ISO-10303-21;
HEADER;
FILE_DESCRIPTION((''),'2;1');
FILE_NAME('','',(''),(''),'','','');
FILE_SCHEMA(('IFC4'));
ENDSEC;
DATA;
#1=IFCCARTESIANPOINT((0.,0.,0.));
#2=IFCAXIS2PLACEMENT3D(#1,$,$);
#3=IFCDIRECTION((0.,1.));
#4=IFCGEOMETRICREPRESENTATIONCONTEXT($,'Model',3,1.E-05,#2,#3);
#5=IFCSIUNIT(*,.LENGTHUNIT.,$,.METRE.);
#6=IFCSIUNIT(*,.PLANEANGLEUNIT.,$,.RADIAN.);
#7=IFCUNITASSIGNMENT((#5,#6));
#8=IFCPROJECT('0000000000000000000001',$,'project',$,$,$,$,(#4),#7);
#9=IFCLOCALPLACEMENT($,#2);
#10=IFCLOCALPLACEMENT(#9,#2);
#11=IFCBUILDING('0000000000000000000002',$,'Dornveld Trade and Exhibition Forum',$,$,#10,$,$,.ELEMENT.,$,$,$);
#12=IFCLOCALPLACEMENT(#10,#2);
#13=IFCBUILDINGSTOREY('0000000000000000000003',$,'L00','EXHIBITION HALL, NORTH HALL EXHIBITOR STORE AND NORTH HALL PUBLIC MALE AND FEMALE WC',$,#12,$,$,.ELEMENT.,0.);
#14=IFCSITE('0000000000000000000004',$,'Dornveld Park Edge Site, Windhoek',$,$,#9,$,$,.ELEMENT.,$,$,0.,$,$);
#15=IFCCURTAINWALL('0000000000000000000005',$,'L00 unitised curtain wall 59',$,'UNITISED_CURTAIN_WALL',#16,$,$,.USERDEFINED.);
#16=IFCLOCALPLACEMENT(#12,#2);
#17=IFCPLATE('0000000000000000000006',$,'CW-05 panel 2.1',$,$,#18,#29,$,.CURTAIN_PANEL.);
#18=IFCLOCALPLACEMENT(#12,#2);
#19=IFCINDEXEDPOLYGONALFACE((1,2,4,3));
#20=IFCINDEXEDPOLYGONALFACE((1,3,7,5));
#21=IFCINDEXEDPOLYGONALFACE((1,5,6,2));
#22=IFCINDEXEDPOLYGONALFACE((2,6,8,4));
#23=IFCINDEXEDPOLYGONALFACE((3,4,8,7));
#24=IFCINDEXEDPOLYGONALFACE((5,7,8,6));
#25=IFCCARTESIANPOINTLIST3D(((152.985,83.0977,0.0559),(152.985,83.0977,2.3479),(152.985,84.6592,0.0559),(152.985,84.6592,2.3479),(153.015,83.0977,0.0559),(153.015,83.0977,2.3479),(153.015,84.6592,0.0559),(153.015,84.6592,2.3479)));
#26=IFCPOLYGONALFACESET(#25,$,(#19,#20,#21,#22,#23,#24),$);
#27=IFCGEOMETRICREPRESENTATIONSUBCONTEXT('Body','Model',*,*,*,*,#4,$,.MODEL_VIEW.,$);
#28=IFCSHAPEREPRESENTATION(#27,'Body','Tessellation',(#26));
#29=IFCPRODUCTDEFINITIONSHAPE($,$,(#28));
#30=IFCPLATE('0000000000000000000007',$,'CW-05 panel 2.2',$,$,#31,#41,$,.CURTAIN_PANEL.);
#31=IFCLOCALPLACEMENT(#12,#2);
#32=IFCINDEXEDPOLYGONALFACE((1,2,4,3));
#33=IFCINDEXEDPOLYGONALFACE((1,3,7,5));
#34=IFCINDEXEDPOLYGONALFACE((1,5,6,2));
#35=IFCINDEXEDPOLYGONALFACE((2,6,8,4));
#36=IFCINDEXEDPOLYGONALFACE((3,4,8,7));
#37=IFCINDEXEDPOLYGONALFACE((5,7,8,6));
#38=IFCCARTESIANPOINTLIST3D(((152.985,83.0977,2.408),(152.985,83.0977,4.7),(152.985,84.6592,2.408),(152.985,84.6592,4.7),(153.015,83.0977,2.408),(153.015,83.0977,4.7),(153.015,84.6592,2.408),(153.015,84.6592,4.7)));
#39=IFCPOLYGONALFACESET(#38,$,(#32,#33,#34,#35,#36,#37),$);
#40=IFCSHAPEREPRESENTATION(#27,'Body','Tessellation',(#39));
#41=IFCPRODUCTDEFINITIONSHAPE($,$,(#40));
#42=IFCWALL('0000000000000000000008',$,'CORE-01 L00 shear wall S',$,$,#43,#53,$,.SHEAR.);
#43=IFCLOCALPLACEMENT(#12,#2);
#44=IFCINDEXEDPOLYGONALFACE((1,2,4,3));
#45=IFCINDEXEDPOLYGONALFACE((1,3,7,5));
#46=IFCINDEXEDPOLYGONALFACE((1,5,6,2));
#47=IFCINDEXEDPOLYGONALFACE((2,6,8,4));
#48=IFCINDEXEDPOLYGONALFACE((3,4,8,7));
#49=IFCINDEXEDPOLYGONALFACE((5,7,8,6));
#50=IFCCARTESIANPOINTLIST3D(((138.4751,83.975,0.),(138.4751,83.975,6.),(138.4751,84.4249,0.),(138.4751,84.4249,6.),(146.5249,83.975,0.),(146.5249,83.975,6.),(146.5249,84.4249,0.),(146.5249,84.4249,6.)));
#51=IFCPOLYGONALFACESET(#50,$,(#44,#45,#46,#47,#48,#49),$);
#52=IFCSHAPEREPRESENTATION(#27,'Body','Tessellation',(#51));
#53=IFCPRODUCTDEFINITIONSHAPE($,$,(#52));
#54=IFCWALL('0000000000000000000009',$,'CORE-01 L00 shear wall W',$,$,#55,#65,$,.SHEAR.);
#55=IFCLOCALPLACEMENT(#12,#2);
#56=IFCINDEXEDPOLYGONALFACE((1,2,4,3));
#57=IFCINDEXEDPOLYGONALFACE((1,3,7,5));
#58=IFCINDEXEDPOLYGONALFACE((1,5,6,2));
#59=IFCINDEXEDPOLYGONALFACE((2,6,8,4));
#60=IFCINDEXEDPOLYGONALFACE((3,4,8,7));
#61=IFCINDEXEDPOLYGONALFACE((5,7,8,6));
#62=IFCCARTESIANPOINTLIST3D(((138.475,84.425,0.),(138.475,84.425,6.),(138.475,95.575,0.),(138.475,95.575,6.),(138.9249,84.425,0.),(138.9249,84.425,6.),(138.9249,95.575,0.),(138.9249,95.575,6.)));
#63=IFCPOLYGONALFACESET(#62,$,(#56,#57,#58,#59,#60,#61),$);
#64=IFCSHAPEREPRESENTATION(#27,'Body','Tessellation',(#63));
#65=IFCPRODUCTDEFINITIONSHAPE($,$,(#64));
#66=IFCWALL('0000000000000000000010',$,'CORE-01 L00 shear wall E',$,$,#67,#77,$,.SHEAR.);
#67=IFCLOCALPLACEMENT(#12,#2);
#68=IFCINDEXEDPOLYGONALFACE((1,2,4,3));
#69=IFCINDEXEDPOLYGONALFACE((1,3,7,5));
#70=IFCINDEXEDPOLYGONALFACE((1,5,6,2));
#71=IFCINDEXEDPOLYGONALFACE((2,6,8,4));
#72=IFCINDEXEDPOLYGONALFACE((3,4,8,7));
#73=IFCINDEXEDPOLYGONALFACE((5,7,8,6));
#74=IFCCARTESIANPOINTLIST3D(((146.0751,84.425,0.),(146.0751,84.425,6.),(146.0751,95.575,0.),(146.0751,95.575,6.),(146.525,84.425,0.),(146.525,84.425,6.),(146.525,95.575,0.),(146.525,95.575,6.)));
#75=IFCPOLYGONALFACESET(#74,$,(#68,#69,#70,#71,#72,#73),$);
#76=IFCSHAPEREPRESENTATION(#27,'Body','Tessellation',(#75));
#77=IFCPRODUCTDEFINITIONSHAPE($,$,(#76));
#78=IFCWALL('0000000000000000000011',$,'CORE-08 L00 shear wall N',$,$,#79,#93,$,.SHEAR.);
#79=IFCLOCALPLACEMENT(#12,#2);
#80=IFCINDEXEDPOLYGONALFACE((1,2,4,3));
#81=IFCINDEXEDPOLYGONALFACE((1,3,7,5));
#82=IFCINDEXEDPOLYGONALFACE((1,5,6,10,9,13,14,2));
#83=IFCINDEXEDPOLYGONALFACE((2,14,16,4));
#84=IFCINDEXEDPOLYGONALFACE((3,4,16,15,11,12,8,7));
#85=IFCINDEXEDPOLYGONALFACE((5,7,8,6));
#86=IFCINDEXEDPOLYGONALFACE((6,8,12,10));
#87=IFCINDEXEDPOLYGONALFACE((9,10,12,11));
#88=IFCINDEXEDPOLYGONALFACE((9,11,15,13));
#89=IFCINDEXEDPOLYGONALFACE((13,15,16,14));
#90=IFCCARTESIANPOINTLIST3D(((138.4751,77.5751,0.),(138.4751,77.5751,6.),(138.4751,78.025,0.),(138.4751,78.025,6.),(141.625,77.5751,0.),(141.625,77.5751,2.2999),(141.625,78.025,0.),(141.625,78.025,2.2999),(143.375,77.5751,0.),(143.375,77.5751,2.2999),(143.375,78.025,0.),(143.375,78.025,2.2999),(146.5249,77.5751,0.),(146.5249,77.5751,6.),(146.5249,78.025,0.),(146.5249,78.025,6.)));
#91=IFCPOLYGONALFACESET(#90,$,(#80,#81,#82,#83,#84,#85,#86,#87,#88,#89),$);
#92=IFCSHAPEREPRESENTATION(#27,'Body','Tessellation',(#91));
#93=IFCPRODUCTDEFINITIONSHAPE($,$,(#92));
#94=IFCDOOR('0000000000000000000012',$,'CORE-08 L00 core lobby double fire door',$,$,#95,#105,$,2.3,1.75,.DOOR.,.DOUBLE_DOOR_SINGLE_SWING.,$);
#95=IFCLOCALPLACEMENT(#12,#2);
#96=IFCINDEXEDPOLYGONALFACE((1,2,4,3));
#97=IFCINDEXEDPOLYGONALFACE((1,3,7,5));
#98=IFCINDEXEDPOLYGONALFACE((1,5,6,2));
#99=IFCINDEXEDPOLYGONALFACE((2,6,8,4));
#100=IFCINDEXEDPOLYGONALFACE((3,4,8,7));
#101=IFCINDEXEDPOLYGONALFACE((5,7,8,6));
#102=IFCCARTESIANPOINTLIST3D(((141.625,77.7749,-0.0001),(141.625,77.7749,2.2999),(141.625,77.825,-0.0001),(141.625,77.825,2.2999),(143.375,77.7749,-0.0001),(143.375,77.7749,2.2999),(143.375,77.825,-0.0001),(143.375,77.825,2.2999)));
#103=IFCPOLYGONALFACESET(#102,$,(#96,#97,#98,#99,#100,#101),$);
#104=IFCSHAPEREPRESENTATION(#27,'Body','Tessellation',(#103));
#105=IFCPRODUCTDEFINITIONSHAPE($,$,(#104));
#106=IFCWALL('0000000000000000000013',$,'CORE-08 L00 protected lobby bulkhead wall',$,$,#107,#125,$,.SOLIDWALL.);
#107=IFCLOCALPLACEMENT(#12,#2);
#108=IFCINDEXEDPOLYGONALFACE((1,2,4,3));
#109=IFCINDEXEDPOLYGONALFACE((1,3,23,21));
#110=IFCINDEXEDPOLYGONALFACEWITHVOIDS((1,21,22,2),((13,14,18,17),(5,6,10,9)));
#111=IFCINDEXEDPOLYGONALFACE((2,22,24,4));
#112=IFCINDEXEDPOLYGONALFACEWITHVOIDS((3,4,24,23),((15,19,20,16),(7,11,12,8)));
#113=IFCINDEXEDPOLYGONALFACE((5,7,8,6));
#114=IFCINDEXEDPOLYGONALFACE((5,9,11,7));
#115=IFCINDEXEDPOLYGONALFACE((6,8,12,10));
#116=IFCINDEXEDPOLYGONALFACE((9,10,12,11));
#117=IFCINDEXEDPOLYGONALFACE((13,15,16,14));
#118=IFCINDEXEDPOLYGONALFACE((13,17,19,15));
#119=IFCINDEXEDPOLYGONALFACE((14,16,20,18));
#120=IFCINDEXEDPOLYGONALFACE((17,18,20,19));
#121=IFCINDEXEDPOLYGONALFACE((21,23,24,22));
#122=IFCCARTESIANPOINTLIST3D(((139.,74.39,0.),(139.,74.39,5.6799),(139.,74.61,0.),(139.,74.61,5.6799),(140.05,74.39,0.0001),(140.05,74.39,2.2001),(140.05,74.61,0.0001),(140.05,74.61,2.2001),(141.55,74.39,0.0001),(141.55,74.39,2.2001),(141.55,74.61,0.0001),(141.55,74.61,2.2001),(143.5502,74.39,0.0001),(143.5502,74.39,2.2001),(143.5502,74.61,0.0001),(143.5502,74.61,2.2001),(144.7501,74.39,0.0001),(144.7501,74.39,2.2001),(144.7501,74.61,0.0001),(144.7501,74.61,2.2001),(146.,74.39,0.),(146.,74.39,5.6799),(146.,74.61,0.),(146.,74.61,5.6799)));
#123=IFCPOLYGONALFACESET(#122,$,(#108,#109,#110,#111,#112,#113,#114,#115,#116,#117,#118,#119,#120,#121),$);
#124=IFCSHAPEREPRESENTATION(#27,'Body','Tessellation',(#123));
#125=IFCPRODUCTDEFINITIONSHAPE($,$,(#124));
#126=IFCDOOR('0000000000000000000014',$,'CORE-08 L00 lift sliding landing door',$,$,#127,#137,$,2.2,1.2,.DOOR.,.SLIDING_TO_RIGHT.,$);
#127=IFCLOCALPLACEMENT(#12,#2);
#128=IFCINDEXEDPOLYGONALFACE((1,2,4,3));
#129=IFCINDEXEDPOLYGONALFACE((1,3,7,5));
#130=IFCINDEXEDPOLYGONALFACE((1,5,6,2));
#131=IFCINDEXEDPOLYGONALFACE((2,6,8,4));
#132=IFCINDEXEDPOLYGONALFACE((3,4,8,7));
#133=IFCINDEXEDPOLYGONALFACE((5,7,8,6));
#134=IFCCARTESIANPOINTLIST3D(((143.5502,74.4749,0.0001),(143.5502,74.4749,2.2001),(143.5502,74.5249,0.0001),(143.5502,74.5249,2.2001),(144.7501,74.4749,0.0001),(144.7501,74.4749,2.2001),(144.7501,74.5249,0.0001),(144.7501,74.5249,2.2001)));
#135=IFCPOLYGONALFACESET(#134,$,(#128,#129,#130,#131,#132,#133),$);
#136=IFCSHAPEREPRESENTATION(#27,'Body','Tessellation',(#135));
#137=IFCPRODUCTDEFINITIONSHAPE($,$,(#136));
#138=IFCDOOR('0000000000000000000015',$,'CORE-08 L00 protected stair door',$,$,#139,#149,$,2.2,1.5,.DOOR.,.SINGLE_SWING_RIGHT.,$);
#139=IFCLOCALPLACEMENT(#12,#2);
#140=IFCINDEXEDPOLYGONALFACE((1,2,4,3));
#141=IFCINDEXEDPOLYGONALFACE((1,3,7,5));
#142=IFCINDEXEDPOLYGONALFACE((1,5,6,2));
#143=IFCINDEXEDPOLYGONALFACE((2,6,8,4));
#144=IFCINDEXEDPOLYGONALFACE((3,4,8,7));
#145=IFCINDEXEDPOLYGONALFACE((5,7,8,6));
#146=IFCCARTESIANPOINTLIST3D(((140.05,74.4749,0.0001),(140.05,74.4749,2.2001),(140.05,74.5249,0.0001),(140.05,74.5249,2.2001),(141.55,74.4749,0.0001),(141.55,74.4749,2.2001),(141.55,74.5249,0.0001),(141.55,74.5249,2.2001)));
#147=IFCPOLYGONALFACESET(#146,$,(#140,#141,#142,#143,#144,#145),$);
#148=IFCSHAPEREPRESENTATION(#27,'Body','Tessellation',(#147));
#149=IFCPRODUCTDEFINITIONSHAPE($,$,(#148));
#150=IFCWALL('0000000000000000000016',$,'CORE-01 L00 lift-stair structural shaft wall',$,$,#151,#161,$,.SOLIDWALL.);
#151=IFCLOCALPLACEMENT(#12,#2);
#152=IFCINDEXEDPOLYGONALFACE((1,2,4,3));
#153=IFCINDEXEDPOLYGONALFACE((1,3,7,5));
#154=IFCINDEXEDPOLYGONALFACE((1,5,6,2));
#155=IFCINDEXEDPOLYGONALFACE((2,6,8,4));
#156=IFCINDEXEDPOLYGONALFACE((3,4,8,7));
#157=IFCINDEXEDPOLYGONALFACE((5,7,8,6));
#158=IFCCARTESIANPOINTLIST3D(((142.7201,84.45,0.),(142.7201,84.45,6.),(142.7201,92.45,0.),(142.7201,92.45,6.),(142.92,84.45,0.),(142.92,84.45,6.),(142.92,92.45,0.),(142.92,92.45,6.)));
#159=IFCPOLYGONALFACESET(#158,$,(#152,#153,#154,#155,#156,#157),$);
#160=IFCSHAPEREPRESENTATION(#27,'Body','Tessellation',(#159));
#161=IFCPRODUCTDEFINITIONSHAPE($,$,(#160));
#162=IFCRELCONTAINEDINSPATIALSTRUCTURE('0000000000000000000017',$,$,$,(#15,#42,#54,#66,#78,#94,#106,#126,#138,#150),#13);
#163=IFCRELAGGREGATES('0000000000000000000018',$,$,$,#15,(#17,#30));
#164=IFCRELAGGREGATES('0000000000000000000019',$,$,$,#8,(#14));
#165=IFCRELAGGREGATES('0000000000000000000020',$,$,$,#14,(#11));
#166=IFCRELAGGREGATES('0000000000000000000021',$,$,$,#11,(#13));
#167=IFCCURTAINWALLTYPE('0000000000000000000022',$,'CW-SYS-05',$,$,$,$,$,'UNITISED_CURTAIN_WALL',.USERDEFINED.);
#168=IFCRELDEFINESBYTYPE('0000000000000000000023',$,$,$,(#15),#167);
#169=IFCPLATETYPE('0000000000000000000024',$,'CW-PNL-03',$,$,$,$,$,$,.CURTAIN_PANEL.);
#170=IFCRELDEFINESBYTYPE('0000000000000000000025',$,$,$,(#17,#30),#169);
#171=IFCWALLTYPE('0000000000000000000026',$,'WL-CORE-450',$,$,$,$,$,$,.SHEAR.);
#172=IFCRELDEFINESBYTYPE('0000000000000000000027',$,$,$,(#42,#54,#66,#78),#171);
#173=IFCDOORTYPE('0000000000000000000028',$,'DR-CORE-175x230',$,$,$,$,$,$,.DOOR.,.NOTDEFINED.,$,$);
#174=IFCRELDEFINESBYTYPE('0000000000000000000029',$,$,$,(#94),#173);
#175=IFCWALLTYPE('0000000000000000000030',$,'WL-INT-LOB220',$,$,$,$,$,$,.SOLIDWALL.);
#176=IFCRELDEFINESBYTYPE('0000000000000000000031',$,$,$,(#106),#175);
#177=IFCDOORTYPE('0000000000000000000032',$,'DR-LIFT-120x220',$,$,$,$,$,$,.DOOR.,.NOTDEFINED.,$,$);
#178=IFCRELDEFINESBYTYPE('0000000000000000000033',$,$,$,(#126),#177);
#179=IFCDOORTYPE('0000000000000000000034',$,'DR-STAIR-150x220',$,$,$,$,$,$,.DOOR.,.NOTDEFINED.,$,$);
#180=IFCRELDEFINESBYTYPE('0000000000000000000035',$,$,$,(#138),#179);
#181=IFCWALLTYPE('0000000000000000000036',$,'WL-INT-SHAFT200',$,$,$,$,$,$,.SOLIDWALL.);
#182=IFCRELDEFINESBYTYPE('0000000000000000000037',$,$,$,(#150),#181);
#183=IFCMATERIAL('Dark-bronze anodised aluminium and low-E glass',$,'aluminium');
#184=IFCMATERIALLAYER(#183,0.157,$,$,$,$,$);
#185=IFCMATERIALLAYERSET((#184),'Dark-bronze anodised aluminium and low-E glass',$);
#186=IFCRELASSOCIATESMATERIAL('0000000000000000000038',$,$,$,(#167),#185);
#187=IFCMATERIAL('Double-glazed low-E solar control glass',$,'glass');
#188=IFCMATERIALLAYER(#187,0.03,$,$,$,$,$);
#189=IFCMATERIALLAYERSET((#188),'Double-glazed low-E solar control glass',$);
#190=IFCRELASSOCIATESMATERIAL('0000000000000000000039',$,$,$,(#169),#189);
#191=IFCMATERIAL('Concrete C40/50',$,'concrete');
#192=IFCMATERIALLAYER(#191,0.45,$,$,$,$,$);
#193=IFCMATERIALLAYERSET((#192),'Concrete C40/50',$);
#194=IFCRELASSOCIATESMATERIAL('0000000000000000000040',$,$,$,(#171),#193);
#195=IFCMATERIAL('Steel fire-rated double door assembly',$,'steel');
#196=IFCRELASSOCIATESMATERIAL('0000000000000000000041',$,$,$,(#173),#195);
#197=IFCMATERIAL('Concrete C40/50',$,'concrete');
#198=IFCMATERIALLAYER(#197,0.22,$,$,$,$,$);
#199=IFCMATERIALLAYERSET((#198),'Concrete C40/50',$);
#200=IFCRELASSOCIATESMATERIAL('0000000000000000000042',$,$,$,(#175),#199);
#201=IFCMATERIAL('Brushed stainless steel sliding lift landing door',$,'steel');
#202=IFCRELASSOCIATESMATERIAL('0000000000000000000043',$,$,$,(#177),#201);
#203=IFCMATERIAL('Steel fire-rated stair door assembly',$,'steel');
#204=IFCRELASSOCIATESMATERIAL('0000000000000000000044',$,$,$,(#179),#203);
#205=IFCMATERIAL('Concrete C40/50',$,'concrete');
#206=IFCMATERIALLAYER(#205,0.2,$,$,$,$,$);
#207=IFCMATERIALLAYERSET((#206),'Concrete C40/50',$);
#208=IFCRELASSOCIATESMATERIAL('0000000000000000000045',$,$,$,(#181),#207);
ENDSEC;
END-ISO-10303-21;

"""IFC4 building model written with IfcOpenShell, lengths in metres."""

from ifc_helpers import new_model, si_unit, direction, frame, frame_2d, origin, origin_2d, place, context, subcontext, project, spatial, rectangle, extrude, material, layer, layer_set, type_object, element, fill, aggregate, save


model = new_model("IFC4")

# Units and contexts
model_context = context("Model", 3, precision=1e-05, world=origin(), true_north=direction((0.0, 1.0)))
body_context = subcontext(model_context, "Body", "Model", "MODEL_VIEW")
ifc_project = project(units=[si_unit("LENGTHUNIT", "METRE"), si_unit("PLANEANGLEUNIT", "RADIAN")], contexts=[model_context])

# Site, building, storey
site_placement = place(None, origin())
site = spatial("IfcSite", under=ifc_project, at=site_placement, Name="Dornveld Park Edge Site, Windhoek", CompositionType="ELEMENT", RefElevation=0.0)
building_placement = place(site_placement, origin())
building = spatial("IfcBuilding", under=site, at=building_placement, Name="Dornveld Trade and Exhibition Forum", CompositionType="ELEMENT")
storey_placement = place(building_placement, origin())
storey = spatial("IfcBuildingStorey", under=building, at=storey_placement, Name="L00", Description="EXHIBITION HALL, NORTH HALL EXHIBITOR STORE AND NORTH HALL PUBLIC MALE AND FEMALE WC", CompositionType="ELEMENT", Elevation=0.0)

# Curtain wall, plates
ifc_material_1 = material(Name="Dark-bronze anodised aluminium and low-E glass", Category="aluminium")
ifc_layer_1 = layer(ifc_material_1, 0.157)
ifc_layer_set_1 = layer_set([ifc_layer_1], Name="Dark-bronze anodised aluminium and low-E glass")
curtain_wall_type = type_object("IfcCurtainWallType", Name="CW-SYS-05", ElementType="UNITISED_CURTAIN_WALL", PredefinedType="USERDEFINED", material=ifc_layer_set_1)
curtain_wall_placement = place(storey_placement, origin())
curtain_wall = element("IfcCurtainWall", 1, at=curtain_wall_placement, inside=storey, type_object=curtain_wall_type, Name="L00 unitised curtain wall 59", ObjectType="UNITISED_CURTAIN_WALL", PredefinedType="USERDEFINED")
ifc_material_2 = material(Name="Double-glazed low-E solar control glass", Category="glass")
ifc_layer_2 = layer(ifc_material_2, 0.03)
ifc_layer_set_2 = layer_set([ifc_layer_2], Name="Double-glazed low-E solar control glass")
plate_type = type_object("IfcPlateType", Name="CW-PNL-03", PredefinedType="CURTAIN_PANEL", material=ifc_layer_set_2)
plate_1_placement = place(storey_placement, frame((153.0, 83.8784, 0.0559), z_axis=(0.0, 0.0, 1.0), x_axis=(0.0, 1.0, 0.0)))
plate_1 = element("IfcPlate", 2, at=plate_1_placement, type_object=plate_type, Name="CW-05 panel 2.1", PredefinedType="CURTAIN_PANEL", context=body_context, shape_type="SweptSolid", body=[
    extrude(rectangle(XDim=1.5615, YDim=0.03, at=origin_2d()), origin(), (0.0, 0.0, 1.0), 2.292),
])
plate_2_placement = place(storey_placement, frame((153.0, 83.8784, 2.408), z_axis=(0.0, 0.0, 1.0), x_axis=(0.0, 1.0, 0.0)))
plate_2 = element("IfcPlate", 3, at=plate_2_placement, type_object=plate_type, Name="CW-05 panel 2.2", PredefinedType="CURTAIN_PANEL", context=body_context, shape_type="SweptSolid", body=[
    extrude(rectangle(XDim=1.5615, YDim=0.03, at=origin_2d()), origin(), (0.0, 0.0, 1.0), 2.292),
])
aggregate(curtain_wall, [plate_1, plate_2])

# Walls
ifc_material_3 = material(Name="Concrete C40/50", Category="concrete")
ifc_layer_3 = layer(ifc_material_3, 0.45)
ifc_layer_set_3 = layer_set([ifc_layer_3], Name="Concrete C40/50")
wall_type_1 = type_object("IfcWallType", Name="WL-CORE-450", PredefinedType="SHEAR", material=ifc_layer_set_3)
wall_1_placement = place(storey_placement, frame((138.4751, 84.2, 0.0), z_axis=(0.0, 0.0, 1.0), x_axis=(1.0, 0.0, 0.0)))
element("IfcWall", 4, at=wall_1_placement, inside=storey, type_object=wall_type_1, Name="CORE-01 L00 shear wall S", PredefinedType="SHEAR", context=body_context, shape_type="SweptSolid", body=[
    extrude(rectangle(XDim=8.0498, YDim=0.45, at=frame_2d((4.0249, 0.0))), origin(), (0.0, 0.0, 1.0), 6.0),
])
for number, where, z_axis, x_axis, name in (
    (5, (138.7, 84.425, 0.0), (0.0, 0.0, 1.0), (0.0, 1.0, 0.0), "CORE-01 L00 shear wall W"),
    (6, (146.3, 84.425, 0.0), (0.0, 0.0, 1.0), (0.0, 1.0, 0.0), "CORE-01 L00 shear wall E"),
):
    element("IfcWall", number, at=place(storey_placement, frame(where, z_axis=z_axis, x_axis=x_axis)), inside=storey, type_object=wall_type_1, Name=name, PredefinedType="SHEAR", context=body_context, shape_type="SweptSolid", body=[
        extrude(rectangle(XDim=11.1499, YDim=0.45, at=frame_2d((5.575, 0.0))), origin(), (0.0, 0.0, 1.0), 6.0),
    ])

# Wall, opening, door
wall_2_placement = place(storey_placement, frame((138.4751, 77.8, 0.0), z_axis=(0.0, 0.0, 1.0), x_axis=(1.0, 0.0, 0.0)))
wall_2 = element("IfcWall", 7, at=wall_2_placement, inside=storey, type_object=wall_type_1, Name="CORE-08 L00 shear wall N", PredefinedType="SHEAR", context=body_context, shape_type="SweptSolid", body=[
    extrude(rectangle(XDim=8.0498, YDim=0.45, at=frame_2d((4.0249, 0.0))), origin(), (0.0, 0.0, 1.0), 6.0),
])
opening_1_placement = place(wall_2_placement, frame((3.1499, 0.0, 0.0)))
opening_1 = element("IfcOpeningElement", 8, at=opening_1_placement, cuts=wall_2, PredefinedType="OPENING", context=body_context, shape_type="SweptSolid", body=[
    extrude(rectangle(XDim=1.75, YDim=2.3, at=frame_2d((0.875, 1.1499))), frame((0.0, 0.2349, 0.0), z_axis=(0.0, -1.0, 0.0), x_axis=(1.0, 0.0, 0.0)), (0.0, 0.0, 1.0), 0.47),
])
ifc_material_4 = material(Name="Steel fire-rated double door assembly", Category="steel")
door_type_1 = type_object("IfcDoorType", Name="DR-CORE-175x230", OperationType="NOTDEFINED", PredefinedType="DOOR", material=ifc_material_4)
door_1_placement = place(opening_1_placement, origin())
door_1 = element("IfcDoor", 9, at=door_1_placement, inside=storey, type_object=door_type_1, Name="CORE-08 L00 core lobby double fire door", OperationType="DOUBLE_DOOR_SINGLE_SWING", OverallHeight=2.3, OverallWidth=1.75, PredefinedType="DOOR", context=body_context, shape_type="SweptSolid", body=[
    extrude(rectangle(XDim=1.75, YDim=2.3, at=frame_2d((0.875, 1.1499))), frame((0.0, 0.0249, 0.0), z_axis=(0.0, -1.0, 0.0), x_axis=(1.0, 0.0, 0.0)), (0.0, 0.0, 1.0), 0.05),
])
fill(opening_1, door_1)

# Wall, openings, doors
ifc_material_5 = material(Name="Concrete C40/50", Category="concrete")
ifc_layer_4 = layer(ifc_material_5, 0.22)
ifc_layer_set_4 = layer_set([ifc_layer_4], Name="Concrete C40/50")
wall_type_2 = type_object("IfcWallType", Name="WL-INT-LOB220", PredefinedType="SOLIDWALL", material=ifc_layer_set_4)
wall_3_placement = place(storey_placement, frame((139.0, 74.5, 0.0), z_axis=(0.0, 0.0, 1.0), x_axis=(1.0, 0.0, 0.0)))
wall_3 = element("IfcWall", 10, at=wall_3_placement, inside=storey, type_object=wall_type_2, Name="CORE-08 L00 protected lobby bulkhead wall", PredefinedType="SOLIDWALL", context=body_context, shape_type="SweptSolid", body=[
    extrude(rectangle(XDim=7.0, YDim=0.22, at=frame_2d((3.5, 0.0))), origin(), (0.0, 0.0, 1.0), 5.6799),
])
opening_2_placement = place(wall_3_placement, frame((1.05, 0.0, 0.0)))
opening_2 = element("IfcOpeningElement", 11, at=opening_2_placement, cuts=wall_3, PredefinedType="OPENING", context=body_context, shape_type="SweptSolid", body=[
    extrude(rectangle(XDim=1.5, YDim=2.2, at=frame_2d((0.75, 1.1001))), frame((0.0, 0.1199, 0.0), z_axis=(0.0, -1.0, 0.0), x_axis=(1.0, 0.0, 0.0)), (0.0, 0.0, 1.0), 0.24),
])
opening_3_placement = place(wall_3_placement, frame((4.55, 0.0, 0.0)))
opening_3 = element("IfcOpeningElement", 12, at=opening_3_placement, cuts=wall_3, PredefinedType="OPENING", context=body_context, shape_type="SweptSolid", body=[
    extrude(rectangle(XDim=1.2, YDim=2.2, at=frame_2d((0.6001, 1.1001))), frame((0.0, 0.1199, 0.0), z_axis=(0.0, -1.0, 0.0), x_axis=(1.0, 0.0, 0.0)), (0.0, 0.0, 1.0), 0.24),
])
ifc_material_6 = material(Name="Brushed stainless steel sliding lift landing door", Category="steel")
door_type_2 = type_object("IfcDoorType", Name="DR-LIFT-120x220", OperationType="NOTDEFINED", PredefinedType="DOOR", material=ifc_material_6)
door_2_placement = place(opening_3_placement, origin())
door_2 = element("IfcDoor", 13, at=door_2_placement, inside=storey, type_object=door_type_2, Name="CORE-08 L00 lift sliding landing door", OperationType="SLIDING_TO_RIGHT", OverallHeight=2.2, OverallWidth=1.2, PredefinedType="DOOR", context=body_context, shape_type="SweptSolid", body=[
    extrude(rectangle(XDim=1.2, YDim=2.2, at=frame_2d((0.6001, 1.1001))), frame((0.0, 0.0249, 0.0), z_axis=(0.0, -1.0, 0.0), x_axis=(1.0, 0.0, 0.0)), (0.0, 0.0, 1.0), 0.05),
])
fill(opening_3, door_2)
ifc_material_7 = material(Name="Steel fire-rated stair door assembly", Category="steel")
door_type_3 = type_object("IfcDoorType", Name="DR-STAIR-150x220", OperationType="NOTDEFINED", PredefinedType="DOOR", material=ifc_material_7)
door_3_placement = place(opening_2_placement, origin())
door_3 = element("IfcDoor", 14, at=door_3_placement, inside=storey, type_object=door_type_3, Name="CORE-08 L00 protected stair door", OperationType="SINGLE_SWING_RIGHT", OverallHeight=2.2, OverallWidth=1.5, PredefinedType="DOOR", context=body_context, shape_type="SweptSolid", body=[
    extrude(rectangle(XDim=1.5, YDim=2.2, at=frame_2d((0.75, 1.1001))), frame((0.0, 0.0249, 0.0), z_axis=(0.0, -1.0, 0.0), x_axis=(1.0, 0.0, 0.0)), (0.0, 0.0, 1.0), 0.05),
])
fill(opening_2, door_3)

# Wall
ifc_material_8 = material(Name="Concrete C40/50", Category="concrete")
ifc_layer_5 = layer(ifc_material_8, 0.2)
ifc_layer_set_5 = layer_set([ifc_layer_5], Name="Concrete C40/50")
wall_type_3 = type_object("IfcWallType", Name="WL-INT-SHAFT200", PredefinedType="SOLIDWALL", material=ifc_layer_set_5)
wall_4_placement = place(storey_placement, frame((142.8201, 84.45, 0.0), z_axis=(0.0, 0.0, 1.0), x_axis=(0.0, 1.0, 0.0)))
element("IfcWall", 15, at=wall_4_placement, inside=storey, type_object=wall_type_3, Name="CORE-01 L00 lift-stair structural shaft wall", PredefinedType="SOLIDWALL", context=body_context, shape_type="SweptSolid", body=[
    extrude(rectangle(XDim=8.0, YDim=0.2, at=frame_2d((4.0, 0.0))), origin(), (0.0, 0.0, 1.0), 6.0),
])

save(model, "model.ifc")
